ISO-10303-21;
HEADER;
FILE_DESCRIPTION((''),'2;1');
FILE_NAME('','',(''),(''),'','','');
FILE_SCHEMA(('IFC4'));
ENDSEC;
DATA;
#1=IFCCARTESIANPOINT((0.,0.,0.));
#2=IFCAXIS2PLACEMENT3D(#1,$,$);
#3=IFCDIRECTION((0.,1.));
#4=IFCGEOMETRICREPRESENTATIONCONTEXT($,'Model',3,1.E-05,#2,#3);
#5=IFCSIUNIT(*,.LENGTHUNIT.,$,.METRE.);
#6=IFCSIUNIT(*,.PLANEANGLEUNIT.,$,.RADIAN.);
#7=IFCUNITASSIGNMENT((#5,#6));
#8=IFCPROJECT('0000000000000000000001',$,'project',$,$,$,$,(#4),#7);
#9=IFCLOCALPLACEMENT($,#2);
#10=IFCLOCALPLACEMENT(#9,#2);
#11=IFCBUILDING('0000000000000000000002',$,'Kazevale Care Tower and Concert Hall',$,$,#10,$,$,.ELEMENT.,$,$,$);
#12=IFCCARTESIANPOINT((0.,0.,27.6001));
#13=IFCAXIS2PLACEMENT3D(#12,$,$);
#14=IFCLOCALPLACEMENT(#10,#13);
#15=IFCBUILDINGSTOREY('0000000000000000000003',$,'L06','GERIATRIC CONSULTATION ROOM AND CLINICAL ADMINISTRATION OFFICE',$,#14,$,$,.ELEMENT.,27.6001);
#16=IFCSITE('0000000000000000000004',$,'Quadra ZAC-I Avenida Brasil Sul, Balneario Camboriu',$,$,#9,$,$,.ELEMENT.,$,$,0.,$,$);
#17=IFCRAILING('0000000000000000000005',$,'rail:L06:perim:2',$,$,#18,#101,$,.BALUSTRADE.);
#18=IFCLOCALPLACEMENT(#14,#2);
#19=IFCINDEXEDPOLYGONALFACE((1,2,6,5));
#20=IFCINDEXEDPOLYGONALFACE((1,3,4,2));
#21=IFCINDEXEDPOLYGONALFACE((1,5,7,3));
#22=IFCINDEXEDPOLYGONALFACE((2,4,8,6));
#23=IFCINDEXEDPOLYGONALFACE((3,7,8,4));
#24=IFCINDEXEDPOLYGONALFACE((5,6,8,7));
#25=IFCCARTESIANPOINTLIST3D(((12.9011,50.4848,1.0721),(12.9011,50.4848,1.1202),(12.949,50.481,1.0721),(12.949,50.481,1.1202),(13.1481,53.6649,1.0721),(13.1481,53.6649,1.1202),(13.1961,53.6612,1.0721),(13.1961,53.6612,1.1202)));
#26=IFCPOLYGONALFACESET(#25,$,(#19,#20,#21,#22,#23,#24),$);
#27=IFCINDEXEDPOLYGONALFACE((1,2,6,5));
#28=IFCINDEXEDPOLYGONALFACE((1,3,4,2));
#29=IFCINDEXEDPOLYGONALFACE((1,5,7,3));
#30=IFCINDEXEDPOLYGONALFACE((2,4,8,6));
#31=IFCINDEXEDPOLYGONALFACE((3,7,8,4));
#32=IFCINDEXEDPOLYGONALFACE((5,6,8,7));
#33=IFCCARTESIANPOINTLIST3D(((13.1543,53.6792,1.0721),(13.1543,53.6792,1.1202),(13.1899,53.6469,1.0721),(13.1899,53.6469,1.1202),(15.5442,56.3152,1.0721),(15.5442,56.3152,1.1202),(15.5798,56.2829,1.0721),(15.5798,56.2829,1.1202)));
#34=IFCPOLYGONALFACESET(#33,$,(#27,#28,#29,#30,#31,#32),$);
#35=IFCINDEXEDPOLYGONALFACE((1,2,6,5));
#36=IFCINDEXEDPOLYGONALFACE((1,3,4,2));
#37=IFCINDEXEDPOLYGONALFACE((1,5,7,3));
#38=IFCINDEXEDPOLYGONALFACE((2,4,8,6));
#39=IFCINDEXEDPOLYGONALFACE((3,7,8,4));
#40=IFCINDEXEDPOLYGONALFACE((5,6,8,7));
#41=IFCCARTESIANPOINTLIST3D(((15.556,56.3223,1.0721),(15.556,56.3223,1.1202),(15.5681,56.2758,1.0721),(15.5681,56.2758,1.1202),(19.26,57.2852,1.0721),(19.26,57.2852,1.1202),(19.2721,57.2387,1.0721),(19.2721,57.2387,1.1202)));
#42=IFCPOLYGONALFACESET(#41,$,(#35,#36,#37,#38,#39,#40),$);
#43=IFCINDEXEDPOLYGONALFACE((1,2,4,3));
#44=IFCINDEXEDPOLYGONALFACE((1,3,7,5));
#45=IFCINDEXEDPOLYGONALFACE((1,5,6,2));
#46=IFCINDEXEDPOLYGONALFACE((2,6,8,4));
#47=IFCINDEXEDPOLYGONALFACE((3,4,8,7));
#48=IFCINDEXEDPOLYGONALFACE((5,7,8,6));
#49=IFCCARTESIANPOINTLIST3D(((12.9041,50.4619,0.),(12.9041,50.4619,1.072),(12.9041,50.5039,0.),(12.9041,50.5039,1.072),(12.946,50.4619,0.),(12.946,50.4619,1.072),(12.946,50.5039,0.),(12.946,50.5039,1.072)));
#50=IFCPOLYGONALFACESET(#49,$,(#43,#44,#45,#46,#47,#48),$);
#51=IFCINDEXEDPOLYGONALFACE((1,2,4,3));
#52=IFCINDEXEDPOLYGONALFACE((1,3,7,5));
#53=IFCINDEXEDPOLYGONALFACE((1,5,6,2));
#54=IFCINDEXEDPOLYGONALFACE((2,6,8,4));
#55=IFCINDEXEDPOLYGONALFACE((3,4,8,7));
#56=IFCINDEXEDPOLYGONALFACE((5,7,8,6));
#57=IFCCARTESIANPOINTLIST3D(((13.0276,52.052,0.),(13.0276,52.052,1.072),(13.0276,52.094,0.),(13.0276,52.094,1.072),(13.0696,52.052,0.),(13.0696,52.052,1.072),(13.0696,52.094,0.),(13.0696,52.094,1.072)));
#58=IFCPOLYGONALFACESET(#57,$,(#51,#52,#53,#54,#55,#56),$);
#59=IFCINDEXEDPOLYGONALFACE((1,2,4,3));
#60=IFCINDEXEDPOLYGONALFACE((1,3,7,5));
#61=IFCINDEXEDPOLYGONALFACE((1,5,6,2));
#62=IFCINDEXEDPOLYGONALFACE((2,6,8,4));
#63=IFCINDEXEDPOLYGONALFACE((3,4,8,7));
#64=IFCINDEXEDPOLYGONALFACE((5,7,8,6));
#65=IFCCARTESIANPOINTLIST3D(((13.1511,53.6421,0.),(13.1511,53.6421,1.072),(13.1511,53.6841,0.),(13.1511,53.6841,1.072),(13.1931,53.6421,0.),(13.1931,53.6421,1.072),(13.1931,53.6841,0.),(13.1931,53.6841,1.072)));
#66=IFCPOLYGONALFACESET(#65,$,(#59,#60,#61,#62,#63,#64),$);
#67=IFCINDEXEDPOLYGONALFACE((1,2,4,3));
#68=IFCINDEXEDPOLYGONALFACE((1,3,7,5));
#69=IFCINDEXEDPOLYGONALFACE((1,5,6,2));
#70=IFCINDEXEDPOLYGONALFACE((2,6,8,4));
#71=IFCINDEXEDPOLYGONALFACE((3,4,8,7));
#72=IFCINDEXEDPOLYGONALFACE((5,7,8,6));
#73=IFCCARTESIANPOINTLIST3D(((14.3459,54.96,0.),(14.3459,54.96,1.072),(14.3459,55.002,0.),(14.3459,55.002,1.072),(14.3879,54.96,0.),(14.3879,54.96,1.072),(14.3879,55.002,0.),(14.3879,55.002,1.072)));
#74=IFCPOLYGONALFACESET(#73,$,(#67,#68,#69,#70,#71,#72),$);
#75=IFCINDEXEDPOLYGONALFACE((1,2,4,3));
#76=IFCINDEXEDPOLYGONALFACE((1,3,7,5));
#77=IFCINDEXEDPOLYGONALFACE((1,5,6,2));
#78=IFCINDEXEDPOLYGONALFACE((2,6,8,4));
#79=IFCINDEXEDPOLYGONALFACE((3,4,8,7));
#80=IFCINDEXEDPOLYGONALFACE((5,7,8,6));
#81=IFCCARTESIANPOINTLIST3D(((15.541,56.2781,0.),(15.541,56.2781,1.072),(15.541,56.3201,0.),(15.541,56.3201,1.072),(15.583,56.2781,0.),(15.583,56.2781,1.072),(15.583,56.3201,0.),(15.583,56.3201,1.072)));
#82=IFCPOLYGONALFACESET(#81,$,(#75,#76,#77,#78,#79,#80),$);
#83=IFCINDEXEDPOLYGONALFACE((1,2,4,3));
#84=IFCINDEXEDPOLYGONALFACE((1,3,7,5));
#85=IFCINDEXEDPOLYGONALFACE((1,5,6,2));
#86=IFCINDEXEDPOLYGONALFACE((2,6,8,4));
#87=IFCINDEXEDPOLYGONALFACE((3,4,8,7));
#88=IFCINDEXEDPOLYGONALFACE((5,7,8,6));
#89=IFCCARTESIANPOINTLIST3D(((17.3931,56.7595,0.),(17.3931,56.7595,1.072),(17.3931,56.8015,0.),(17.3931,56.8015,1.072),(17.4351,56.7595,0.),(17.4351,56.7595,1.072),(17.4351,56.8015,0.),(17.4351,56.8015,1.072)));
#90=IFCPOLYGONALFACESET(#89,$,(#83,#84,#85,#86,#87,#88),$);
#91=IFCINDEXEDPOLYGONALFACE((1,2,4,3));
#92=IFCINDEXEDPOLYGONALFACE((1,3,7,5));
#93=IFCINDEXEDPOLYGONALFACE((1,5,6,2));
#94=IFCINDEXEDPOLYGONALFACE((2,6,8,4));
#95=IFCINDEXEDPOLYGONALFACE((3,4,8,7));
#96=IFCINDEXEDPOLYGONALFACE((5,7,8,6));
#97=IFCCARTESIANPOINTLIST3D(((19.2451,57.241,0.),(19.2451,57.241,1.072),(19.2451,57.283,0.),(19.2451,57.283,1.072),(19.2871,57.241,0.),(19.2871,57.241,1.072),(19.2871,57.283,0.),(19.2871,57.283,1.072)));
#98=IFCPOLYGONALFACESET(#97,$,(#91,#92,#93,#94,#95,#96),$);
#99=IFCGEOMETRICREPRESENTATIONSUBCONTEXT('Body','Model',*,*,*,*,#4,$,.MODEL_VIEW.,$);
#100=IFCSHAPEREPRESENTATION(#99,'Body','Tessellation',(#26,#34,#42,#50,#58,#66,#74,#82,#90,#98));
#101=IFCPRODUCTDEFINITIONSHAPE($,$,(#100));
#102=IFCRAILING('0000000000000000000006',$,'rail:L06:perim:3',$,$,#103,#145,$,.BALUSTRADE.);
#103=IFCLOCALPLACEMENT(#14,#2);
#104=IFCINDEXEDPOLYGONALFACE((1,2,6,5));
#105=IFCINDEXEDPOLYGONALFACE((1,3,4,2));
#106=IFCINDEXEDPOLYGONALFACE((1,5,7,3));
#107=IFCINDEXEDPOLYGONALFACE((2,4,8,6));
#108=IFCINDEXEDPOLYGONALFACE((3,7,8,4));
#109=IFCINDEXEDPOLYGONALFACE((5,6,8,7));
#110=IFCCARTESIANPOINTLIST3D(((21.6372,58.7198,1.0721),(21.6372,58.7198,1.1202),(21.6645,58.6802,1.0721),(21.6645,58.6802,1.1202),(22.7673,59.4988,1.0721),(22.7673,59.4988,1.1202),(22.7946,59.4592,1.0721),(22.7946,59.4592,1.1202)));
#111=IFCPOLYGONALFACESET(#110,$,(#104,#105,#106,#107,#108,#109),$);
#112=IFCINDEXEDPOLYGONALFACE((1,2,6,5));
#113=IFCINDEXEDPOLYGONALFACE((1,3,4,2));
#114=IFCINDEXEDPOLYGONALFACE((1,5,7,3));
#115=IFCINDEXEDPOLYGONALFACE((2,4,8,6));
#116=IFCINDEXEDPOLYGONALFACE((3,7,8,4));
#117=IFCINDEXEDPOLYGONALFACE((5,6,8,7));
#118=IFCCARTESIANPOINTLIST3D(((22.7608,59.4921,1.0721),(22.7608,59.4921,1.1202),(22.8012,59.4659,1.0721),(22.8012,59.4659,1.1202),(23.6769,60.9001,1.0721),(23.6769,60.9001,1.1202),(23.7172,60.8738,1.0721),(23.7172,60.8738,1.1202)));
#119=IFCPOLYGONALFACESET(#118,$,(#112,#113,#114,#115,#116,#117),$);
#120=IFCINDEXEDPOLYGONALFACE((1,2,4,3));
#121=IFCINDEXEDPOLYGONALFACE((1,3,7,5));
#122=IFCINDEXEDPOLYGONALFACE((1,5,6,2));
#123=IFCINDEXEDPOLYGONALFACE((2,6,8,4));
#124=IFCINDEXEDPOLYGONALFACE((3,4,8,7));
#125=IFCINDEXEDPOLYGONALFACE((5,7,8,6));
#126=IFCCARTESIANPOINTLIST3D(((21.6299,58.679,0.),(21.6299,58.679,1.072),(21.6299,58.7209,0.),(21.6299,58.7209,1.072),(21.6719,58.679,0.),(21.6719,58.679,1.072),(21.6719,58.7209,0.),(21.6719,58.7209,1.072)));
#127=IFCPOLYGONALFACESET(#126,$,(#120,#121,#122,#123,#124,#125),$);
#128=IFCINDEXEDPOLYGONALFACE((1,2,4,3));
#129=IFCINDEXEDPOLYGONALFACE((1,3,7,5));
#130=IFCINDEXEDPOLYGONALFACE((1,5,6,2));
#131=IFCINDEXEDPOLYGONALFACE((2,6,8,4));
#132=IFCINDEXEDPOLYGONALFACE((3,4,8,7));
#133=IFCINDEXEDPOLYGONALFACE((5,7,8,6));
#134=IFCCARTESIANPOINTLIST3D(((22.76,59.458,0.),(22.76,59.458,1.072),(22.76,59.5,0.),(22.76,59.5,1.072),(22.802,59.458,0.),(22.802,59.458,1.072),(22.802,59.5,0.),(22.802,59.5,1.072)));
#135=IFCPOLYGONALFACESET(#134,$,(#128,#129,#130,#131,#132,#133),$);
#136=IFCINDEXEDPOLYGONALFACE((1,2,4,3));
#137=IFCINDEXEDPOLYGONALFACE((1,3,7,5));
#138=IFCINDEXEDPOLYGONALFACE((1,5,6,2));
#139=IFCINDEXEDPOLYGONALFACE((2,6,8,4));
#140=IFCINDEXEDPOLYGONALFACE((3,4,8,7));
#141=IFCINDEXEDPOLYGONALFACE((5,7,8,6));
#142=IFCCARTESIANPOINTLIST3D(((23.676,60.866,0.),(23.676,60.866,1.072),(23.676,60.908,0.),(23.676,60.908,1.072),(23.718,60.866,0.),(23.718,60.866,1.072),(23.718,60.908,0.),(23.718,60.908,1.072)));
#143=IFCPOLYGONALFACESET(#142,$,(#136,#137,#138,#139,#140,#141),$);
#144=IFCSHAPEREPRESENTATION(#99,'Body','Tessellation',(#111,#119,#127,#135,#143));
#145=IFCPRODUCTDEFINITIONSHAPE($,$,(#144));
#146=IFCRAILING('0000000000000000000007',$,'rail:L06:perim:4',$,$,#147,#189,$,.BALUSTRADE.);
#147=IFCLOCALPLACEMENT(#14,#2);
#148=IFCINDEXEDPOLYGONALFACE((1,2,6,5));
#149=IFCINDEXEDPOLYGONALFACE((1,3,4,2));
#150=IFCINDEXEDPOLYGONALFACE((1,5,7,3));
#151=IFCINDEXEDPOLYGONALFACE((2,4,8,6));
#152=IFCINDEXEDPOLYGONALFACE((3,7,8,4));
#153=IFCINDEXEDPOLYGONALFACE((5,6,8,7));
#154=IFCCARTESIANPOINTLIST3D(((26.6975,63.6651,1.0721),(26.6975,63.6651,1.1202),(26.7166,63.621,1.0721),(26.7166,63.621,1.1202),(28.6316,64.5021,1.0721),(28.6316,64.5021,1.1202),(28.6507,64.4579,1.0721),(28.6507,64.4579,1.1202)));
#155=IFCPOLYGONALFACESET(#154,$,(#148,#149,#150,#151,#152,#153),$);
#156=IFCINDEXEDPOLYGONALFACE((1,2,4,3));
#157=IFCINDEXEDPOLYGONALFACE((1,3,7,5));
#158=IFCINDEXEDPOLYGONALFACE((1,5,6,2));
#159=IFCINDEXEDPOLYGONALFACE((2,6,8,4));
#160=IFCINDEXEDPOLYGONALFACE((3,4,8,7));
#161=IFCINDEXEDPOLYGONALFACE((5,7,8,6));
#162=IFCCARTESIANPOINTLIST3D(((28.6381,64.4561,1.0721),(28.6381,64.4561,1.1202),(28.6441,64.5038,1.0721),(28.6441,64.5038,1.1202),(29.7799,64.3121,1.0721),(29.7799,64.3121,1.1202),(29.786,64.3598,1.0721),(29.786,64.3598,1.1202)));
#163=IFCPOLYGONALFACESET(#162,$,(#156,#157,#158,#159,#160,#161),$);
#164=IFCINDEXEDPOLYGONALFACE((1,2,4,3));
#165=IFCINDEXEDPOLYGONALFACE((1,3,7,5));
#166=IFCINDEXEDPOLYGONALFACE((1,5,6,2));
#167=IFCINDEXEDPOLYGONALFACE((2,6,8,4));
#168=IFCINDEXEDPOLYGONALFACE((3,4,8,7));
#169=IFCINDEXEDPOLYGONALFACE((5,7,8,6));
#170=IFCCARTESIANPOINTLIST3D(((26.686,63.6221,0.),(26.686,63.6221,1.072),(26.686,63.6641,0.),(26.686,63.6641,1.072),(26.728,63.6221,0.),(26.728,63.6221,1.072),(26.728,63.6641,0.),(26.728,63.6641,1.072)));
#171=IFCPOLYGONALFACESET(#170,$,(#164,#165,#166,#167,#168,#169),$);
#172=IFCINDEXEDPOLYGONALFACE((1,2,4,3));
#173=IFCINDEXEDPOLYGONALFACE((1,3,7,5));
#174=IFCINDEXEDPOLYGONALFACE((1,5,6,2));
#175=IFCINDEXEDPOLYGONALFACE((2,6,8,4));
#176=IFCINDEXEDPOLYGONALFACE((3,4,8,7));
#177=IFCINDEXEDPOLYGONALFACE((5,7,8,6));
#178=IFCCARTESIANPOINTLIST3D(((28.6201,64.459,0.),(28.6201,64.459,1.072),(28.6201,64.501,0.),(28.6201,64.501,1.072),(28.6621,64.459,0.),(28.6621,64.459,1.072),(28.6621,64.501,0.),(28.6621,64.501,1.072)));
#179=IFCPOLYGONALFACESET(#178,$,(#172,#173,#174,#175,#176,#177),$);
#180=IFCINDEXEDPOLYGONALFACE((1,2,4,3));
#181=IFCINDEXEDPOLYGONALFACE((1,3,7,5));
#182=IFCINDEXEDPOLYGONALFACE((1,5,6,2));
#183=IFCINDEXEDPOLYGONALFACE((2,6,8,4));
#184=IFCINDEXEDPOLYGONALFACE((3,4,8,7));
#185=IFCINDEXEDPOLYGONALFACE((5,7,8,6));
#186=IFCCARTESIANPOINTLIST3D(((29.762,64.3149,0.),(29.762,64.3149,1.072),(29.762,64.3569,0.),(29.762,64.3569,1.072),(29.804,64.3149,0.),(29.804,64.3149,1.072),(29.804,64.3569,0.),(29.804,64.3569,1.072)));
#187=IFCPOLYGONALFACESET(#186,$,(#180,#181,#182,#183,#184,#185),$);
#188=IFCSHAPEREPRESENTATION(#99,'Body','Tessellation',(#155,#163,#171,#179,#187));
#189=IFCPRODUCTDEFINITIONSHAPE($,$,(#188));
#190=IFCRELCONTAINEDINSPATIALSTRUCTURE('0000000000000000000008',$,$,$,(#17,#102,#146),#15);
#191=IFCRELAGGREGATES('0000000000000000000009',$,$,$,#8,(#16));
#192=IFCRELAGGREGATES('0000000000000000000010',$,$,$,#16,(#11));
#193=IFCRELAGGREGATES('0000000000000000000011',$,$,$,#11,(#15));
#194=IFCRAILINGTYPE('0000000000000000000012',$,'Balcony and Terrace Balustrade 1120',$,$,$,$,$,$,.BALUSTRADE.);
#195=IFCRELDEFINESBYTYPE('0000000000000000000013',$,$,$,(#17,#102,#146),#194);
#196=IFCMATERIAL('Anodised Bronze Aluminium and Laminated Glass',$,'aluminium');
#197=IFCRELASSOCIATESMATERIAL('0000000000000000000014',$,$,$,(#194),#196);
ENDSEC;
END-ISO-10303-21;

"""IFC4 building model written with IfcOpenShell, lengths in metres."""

from ifc_helpers import new_model, si_unit, direction, frame, origin, origin_2d, place, context, subcontext, project, spatial, rectangle, extrude, material, type_object, element, save


model = new_model("IFC4")

# Units and contexts
model_context = context("Model", 3, precision=1e-05, world=origin(), true_north=direction((0.0, 1.0)))
body_context = subcontext(model_context, "Body", "Model", "MODEL_VIEW")
ifc_project = project(units=[si_unit("LENGTHUNIT", "METRE"), si_unit("PLANEANGLEUNIT", "RADIAN")], contexts=[model_context])

# Site, building, storey
site_placement = place(None, origin())
site = spatial("IfcSite", under=ifc_project, at=site_placement, Name="Quadra ZAC-I Avenida Brasil Sul, Balneario Camboriu", CompositionType="ELEMENT", RefElevation=0.0)
building_placement = place(site_placement, origin())
building = spatial("IfcBuilding", under=site, at=building_placement, Name="Kazevale Care Tower and Concert Hall", CompositionType="ELEMENT")
storey_placement = place(building_placement, frame((0.0, 0.0, 27.6001)))
storey = spatial("IfcBuildingStorey", under=building, at=storey_placement, Name="L06", Description="GERIATRIC CONSULTATION ROOM AND CLINICAL ADMINISTRATION OFFICE", CompositionType="ELEMENT", Elevation=27.6001)

# Railings
ifc_material_1 = material(Name="Anodised Bronze Aluminium and Laminated Glass", Category="aluminium")
railing_type = type_object("IfcRailingType", Name="Balcony and Terrace Balustrade 1120", PredefinedType="BALUSTRADE", material=ifc_material_1)
railing_1_placement = place(storey_placement, frame((12.925, 50.4829, 0.0)))
element("IfcRailing", 1, at=railing_1_placement, inside=storey, type_object=railing_type, Name="rail:L06:perim:2", PredefinedType="BALUSTRADE", context=body_context, shape_type="SweptSolid", body=[
    extrude(rectangle(XDim=0.0481, YDim=0.0481, at=origin_2d()), frame((0.0, 0.0, 1.0962), z_axis=(0.077457, 0.996996, 0.0), x_axis=(-0.996996, 0.077457, 0.0)), (0.0, 0.0, 1.0), 3.1897),
    extrude(rectangle(XDim=0.0481, YDim=0.0481, at=origin_2d()), frame((0.2471, 3.1802, 1.0962), z_axis=(0.671678, 0.740843, 0.0), x_axis=(-0.740843, 0.671678, 0.0)), (0.0, 0.0, 1.0), 3.5581),
    extrude(rectangle(XDim=0.0481, YDim=0.0481, at=origin_2d()), frame((2.637, 5.8162, 1.0962), z_axis=(0.967834, 0.251591, 0.0), x_axis=(-0.251591, 0.967834, 0.0)), (0.0, 0.0, 1.0), 3.8271),
    extrude(rectangle(XDim=0.042, YDim=0.042, at=origin_2d()), origin(), (0.0, 0.0, 1.0), 1.072),
    extrude(rectangle(XDim=0.042, YDim=0.042, at=origin_2d()), frame((0.1235, 1.5901, 0.0)), (0.0, 0.0, 1.0), 1.072),
    extrude(rectangle(XDim=0.042, YDim=0.042, at=origin_2d()), frame((0.2471, 3.1802, 0.0)), (0.0, 0.0, 1.0), 1.072),
    extrude(rectangle(XDim=0.042, YDim=0.042, at=origin_2d()), frame((1.4419, 4.498, 0.0)), (0.0, 0.0, 1.0), 1.072),
    extrude(rectangle(XDim=0.042, YDim=0.042, at=origin_2d()), frame((2.637, 5.8162, 0.0)), (0.0, 0.0, 1.0), 1.072),
    extrude(rectangle(XDim=0.042, YDim=0.042, at=origin_2d()), frame((4.489, 6.2976, 0.0)), (0.0, 0.0, 1.0), 1.072),
    extrude(rectangle(XDim=0.042, YDim=0.042, at=origin_2d()), frame((6.3411, 6.7791, 0.0)), (0.0, 0.0, 1.0), 1.072),
])
railing_2_placement = place(storey_placement, frame((21.6509, 58.7, 0.0)))
element("IfcRailing", 2, at=railing_2_placement, inside=storey, type_object=railing_type, Name="rail:L06:perim:3", PredefinedType="BALUSTRADE", context=body_context, shape_type="SweptSolid", body=[
    extrude(rectangle(XDim=0.0481, YDim=0.0481, at=origin_2d()), frame((0.0, 0.0, 1.0962), z_axis=(0.82333, 0.567563, 0.0), x_axis=(-0.567563, 0.82333, 0.0)), (0.0, 0.0, 1.0), 1.3726),
    extrude(rectangle(XDim=0.0481, YDim=0.0481, at=origin_2d()), frame((1.1301, 0.7791, 1.0962), z_axis=(0.545341, 0.838214, 0.0), x_axis=(-0.838214, 0.545341, 0.0)), (0.0, 0.0, 1.0), 1.6797),
    extrude(rectangle(XDim=0.042, YDim=0.042, at=origin_2d()), origin(), (0.0, 0.0, 1.0), 1.072),
    extrude(rectangle(XDim=0.042, YDim=0.042, at=origin_2d()), frame((1.1301, 0.7791, 0.0)), (0.0, 0.0, 1.0), 1.072),
    extrude(rectangle(XDim=0.042, YDim=0.042, at=origin_2d()), frame((2.0461, 2.187, 0.0)), (0.0, 0.0, 1.0), 1.072),
])
railing_3_placement = place(storey_placement, frame((26.707, 63.6431, 0.0)))
element("IfcRailing", 3, at=railing_3_placement, inside=storey, type_object=railing_type, Name="rail:L06:perim:4", PredefinedType="BALUSTRADE", context=body_context, shape_type="SweptSolid", body=[
    extrude(rectangle(XDim=0.0481, YDim=0.0481, at=origin_2d()), frame((0.0, 0.0, 1.0962), z_axis=(0.917761, 0.397133, 0.0), x_axis=(-0.397133, 0.917761, 0.0)), (0.0, 0.0, 1.0), 2.1074),
    extrude(rectangle(XDim=0.0481, YDim=0.0481, at=origin_2d()), frame((1.9341, 0.8369, 1.0962), z_axis=(0.992137, -0.125157, 0.0), x_axis=(0.125157, 0.992137, 0.0)), (0.0, 0.0, 1.0), 1.1509),
    extrude(rectangle(XDim=0.042, YDim=0.042, at=origin_2d()), origin(), (0.0, 0.0, 1.0), 1.072),
    extrude(rectangle(XDim=0.042, YDim=0.042, at=origin_2d()), frame((1.9341, 0.8369, 0.0)), (0.0, 0.0, 1.0), 1.072),
    extrude(rectangle(XDim=0.042, YDim=0.042, at=origin_2d()), frame((3.0759, 0.6929, 0.0)), (0.0, 0.0, 1.0), 1.072),
])

save(model, "model.ifc")
